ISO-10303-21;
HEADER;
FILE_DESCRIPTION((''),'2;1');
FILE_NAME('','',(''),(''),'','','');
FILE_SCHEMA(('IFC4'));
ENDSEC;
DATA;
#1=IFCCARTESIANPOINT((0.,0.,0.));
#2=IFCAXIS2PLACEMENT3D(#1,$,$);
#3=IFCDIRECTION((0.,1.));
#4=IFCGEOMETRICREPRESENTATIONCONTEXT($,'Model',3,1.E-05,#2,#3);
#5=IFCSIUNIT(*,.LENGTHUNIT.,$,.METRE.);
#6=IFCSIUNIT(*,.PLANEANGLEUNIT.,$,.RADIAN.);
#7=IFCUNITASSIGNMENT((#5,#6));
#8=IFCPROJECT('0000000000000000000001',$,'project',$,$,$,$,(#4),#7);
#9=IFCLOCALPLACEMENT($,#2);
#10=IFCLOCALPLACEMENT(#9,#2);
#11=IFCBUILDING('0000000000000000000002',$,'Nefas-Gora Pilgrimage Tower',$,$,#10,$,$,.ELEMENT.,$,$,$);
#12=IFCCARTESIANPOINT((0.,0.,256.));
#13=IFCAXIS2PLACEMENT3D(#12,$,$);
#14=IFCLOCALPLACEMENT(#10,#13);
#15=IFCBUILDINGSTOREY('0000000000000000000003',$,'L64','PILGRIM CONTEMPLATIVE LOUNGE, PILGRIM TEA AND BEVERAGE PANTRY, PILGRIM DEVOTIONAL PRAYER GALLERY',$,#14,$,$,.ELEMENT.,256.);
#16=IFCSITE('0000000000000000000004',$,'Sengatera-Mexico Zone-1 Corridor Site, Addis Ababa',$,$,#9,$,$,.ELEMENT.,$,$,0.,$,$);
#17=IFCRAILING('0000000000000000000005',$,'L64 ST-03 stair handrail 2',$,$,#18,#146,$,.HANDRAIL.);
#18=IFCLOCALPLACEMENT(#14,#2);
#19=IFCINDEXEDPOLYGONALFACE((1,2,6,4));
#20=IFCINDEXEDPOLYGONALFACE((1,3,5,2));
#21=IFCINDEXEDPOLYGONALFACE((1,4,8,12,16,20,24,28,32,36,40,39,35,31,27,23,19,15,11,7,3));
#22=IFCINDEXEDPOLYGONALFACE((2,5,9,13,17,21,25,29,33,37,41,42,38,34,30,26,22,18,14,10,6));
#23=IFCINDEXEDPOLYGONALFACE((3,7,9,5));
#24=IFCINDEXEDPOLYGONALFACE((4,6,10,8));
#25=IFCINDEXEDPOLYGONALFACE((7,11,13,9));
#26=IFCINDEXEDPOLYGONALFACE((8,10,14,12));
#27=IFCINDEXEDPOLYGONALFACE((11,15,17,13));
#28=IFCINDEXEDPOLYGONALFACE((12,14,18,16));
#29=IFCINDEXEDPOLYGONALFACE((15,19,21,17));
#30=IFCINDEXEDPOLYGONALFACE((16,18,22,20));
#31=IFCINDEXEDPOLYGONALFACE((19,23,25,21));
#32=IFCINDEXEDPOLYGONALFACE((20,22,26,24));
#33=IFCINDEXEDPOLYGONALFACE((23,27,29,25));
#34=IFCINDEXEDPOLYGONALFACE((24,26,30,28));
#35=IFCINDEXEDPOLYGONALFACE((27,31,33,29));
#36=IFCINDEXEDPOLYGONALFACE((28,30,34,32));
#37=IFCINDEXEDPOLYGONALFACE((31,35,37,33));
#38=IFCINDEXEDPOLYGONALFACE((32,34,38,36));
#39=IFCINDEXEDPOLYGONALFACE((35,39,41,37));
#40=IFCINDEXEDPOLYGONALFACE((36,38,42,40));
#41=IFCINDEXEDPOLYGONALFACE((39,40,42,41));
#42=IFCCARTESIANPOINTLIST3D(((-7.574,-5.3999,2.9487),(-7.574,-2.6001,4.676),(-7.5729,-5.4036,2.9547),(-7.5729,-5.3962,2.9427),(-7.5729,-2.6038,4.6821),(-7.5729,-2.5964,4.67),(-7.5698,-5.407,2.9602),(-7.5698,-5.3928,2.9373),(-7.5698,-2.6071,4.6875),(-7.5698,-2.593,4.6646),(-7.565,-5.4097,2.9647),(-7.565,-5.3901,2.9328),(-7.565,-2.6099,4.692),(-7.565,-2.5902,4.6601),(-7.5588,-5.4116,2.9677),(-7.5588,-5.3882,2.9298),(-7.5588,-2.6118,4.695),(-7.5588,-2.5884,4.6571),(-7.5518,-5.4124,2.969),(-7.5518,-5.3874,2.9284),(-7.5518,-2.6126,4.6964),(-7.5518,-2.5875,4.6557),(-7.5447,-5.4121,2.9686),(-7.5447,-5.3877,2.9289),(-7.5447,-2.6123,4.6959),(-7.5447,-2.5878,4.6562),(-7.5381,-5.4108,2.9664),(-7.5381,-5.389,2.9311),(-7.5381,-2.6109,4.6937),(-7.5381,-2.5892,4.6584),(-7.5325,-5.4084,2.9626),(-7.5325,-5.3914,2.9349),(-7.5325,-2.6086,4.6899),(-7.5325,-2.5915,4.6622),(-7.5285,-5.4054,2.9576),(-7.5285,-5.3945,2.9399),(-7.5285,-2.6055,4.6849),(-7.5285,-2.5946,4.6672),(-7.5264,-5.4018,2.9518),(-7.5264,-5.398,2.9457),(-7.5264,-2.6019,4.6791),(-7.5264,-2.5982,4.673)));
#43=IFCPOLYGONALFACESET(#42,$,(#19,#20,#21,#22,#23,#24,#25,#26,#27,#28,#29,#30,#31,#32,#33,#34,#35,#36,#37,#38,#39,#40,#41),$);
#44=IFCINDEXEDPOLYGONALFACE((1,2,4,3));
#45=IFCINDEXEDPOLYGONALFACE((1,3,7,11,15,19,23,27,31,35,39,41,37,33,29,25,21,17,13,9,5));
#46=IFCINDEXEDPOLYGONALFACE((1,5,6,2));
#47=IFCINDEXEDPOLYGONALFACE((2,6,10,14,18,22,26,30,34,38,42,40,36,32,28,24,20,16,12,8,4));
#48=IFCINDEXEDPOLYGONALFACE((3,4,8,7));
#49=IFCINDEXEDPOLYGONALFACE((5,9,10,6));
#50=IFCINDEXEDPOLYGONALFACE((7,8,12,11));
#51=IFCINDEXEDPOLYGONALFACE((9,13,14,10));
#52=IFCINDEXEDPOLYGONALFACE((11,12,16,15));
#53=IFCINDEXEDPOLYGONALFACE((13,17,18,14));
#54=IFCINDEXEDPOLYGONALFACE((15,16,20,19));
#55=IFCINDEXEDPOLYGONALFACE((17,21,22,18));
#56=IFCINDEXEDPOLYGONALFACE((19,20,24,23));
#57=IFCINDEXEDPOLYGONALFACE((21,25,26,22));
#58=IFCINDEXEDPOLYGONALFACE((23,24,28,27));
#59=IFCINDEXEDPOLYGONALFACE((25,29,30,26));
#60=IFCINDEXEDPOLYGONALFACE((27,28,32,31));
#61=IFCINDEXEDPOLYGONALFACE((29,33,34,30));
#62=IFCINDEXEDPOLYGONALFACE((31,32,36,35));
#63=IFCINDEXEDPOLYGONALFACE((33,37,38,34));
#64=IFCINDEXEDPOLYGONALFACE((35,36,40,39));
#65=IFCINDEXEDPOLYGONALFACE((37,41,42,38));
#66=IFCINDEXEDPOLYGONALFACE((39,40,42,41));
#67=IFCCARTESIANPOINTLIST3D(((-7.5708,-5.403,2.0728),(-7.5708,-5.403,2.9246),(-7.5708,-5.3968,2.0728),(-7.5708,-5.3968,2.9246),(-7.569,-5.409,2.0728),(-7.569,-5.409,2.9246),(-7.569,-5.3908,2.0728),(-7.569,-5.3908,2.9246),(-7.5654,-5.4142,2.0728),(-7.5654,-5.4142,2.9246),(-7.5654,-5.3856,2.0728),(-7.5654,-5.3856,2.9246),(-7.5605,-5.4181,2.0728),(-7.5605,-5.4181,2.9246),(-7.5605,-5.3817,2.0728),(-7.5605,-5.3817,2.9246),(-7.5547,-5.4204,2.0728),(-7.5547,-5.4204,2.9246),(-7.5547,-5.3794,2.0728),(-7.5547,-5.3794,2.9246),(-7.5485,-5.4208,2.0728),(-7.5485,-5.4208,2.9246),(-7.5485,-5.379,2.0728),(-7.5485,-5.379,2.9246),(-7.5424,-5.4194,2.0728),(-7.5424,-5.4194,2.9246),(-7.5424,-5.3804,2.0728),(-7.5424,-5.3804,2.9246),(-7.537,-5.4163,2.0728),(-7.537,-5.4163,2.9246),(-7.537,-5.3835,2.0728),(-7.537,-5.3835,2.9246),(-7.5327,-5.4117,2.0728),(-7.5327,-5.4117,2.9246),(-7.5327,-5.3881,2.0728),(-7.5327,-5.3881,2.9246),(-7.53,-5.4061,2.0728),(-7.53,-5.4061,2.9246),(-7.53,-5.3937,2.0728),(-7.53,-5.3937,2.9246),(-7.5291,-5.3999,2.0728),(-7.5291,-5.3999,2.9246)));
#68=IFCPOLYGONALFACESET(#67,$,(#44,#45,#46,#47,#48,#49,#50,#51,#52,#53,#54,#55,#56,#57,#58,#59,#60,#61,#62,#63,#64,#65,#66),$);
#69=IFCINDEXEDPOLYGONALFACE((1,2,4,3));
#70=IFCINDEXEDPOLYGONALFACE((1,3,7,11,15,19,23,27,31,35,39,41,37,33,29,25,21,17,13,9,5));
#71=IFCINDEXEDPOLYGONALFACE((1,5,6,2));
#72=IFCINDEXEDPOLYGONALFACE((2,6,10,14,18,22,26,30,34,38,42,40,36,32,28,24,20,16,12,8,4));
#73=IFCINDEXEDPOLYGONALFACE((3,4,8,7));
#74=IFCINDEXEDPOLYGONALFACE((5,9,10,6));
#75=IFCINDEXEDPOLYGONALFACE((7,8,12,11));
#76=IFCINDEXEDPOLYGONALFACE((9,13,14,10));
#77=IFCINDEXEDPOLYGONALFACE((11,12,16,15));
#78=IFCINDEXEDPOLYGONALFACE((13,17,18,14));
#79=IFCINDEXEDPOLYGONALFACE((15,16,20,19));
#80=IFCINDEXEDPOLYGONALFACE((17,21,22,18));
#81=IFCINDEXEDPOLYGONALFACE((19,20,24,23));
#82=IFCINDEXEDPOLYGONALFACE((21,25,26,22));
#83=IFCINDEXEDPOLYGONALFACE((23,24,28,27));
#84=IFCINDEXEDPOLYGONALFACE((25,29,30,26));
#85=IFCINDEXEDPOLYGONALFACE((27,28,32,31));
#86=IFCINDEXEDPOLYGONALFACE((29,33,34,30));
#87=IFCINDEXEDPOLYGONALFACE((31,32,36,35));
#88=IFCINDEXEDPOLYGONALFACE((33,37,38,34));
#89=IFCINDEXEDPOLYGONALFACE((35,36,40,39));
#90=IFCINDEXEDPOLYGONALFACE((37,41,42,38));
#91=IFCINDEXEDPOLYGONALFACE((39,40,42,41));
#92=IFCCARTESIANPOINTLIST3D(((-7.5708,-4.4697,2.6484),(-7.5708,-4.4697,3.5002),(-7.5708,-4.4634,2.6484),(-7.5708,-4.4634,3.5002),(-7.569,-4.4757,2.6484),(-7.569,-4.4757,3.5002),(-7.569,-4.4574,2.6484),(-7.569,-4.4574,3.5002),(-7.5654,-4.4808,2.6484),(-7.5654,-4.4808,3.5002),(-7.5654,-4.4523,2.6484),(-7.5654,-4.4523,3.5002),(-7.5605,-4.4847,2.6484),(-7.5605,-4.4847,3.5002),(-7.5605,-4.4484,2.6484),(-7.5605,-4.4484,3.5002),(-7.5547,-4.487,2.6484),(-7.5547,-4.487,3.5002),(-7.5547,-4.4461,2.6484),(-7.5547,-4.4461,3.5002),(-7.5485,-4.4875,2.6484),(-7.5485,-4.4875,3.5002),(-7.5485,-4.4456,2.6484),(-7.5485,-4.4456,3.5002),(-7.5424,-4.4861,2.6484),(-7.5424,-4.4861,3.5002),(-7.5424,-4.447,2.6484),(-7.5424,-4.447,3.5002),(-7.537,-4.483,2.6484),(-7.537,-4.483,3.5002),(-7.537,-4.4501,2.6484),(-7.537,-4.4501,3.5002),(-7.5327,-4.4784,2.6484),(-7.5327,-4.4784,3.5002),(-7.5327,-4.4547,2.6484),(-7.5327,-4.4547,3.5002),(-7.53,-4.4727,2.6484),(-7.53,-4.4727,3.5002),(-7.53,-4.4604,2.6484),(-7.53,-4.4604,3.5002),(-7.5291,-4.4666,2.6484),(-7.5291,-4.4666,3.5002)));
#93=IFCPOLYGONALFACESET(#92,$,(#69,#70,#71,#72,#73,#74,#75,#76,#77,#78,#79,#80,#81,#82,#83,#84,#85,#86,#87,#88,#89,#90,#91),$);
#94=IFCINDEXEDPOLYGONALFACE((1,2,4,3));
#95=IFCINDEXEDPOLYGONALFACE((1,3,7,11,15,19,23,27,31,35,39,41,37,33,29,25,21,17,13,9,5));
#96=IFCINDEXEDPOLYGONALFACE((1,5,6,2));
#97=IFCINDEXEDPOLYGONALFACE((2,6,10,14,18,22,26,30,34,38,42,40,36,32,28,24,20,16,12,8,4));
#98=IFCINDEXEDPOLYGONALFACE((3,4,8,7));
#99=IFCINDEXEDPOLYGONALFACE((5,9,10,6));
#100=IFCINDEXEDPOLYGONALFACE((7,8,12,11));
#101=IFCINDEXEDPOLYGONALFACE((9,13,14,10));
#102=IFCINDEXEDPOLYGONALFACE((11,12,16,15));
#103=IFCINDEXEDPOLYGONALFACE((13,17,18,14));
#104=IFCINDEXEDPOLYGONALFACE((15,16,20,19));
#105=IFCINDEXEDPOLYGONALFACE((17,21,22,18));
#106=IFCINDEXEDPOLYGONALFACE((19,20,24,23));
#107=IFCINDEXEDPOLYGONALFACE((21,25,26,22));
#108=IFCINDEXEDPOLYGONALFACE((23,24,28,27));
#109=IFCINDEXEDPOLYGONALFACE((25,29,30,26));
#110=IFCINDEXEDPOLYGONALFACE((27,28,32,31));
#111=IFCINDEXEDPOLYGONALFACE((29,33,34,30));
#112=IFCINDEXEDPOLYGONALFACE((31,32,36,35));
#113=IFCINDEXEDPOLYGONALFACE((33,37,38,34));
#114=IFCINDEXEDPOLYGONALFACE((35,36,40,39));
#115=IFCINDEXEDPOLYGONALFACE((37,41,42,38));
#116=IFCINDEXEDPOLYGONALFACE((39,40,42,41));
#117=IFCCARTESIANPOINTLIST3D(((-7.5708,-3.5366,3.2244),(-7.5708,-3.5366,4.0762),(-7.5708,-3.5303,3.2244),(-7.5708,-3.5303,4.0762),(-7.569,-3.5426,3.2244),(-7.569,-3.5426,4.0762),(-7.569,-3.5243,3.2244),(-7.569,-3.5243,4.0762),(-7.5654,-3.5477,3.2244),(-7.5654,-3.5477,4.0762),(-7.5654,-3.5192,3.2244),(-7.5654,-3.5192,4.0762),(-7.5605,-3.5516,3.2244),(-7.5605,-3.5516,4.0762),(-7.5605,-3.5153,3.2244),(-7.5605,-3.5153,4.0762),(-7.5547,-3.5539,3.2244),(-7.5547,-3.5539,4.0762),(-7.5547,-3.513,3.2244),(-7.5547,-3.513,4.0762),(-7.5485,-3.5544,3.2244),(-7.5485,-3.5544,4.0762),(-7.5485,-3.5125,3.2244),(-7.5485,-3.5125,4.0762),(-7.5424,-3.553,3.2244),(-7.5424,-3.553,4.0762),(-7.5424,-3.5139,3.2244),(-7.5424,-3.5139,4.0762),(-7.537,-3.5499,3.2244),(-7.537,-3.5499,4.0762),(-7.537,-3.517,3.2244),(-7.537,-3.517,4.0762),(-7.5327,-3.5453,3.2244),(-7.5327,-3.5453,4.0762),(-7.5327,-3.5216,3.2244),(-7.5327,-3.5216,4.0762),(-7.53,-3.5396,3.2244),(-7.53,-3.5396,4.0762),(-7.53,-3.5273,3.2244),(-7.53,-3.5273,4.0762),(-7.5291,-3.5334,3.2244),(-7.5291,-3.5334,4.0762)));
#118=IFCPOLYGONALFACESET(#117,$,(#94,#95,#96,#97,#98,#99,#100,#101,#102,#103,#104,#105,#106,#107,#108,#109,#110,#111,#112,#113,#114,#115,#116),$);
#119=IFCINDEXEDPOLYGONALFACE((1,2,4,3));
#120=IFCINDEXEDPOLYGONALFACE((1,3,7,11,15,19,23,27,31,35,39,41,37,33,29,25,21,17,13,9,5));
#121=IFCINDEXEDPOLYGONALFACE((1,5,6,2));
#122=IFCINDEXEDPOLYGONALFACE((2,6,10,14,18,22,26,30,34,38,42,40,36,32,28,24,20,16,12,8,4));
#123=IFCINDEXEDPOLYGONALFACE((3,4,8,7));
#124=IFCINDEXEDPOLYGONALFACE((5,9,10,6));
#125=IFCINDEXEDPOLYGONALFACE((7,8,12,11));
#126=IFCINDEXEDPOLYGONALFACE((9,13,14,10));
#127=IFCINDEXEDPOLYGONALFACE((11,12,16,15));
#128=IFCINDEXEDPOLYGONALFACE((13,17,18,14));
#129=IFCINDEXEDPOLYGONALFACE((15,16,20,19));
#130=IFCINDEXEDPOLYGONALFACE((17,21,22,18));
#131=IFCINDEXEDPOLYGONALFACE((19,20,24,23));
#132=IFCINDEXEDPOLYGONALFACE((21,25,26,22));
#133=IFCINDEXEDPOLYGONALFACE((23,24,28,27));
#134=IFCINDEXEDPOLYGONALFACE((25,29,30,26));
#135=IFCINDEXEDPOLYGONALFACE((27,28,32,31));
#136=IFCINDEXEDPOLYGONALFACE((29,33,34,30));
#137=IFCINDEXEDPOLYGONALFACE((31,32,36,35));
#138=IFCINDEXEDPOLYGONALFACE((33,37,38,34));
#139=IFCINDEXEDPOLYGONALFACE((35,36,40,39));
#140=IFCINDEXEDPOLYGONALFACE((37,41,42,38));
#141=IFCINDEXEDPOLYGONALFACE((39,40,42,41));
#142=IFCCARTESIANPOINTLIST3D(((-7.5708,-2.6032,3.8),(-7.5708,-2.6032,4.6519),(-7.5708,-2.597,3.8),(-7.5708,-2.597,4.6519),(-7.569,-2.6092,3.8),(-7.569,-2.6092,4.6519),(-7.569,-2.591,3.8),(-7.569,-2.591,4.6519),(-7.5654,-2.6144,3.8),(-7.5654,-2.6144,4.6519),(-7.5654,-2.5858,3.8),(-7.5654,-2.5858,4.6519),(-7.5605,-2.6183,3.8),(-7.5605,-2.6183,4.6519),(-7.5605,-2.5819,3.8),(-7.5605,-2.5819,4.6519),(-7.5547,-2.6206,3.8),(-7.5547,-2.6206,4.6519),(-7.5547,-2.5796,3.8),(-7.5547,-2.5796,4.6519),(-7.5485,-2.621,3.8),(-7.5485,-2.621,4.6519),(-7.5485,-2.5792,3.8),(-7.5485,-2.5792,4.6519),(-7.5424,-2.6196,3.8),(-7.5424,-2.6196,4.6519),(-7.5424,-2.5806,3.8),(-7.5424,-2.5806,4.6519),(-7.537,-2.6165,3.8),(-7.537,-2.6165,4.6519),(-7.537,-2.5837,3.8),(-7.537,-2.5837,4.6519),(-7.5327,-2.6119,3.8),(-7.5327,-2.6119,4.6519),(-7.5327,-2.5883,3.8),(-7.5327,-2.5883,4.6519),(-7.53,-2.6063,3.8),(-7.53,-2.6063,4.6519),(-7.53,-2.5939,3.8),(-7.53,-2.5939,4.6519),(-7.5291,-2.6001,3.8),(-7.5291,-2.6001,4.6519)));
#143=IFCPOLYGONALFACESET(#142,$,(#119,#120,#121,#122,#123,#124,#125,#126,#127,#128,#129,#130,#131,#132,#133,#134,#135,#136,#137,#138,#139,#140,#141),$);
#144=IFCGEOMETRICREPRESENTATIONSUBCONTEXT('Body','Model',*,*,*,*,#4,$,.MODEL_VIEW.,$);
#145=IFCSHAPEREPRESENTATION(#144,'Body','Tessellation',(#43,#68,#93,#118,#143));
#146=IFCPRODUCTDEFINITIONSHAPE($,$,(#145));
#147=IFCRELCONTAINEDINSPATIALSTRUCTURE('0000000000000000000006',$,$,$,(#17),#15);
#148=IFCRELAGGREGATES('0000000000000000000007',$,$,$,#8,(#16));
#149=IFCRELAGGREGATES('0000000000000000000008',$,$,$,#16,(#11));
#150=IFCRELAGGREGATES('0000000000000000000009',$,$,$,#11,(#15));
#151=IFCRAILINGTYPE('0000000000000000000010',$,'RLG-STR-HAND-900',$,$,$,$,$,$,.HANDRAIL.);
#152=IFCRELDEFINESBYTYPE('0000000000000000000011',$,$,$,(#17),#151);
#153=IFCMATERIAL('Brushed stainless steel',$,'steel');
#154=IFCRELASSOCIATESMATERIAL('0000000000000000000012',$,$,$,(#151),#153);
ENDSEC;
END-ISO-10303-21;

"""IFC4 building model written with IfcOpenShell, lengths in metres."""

from ifc_helpers import new_model, si_unit, direction, frame, origin, origin_2d, place, context, subcontext, project, spatial, circle, extrude, material, type_object, element, save


model = new_model("IFC4")

# Units and contexts
model_context = context("Model", 3, precision=1e-05, world=origin(), true_north=direction((0.0, 1.0)))
body_context = subcontext(model_context, "Body", "Model", "MODEL_VIEW")
ifc_project = project(units=[si_unit("LENGTHUNIT", "METRE"), si_unit("PLANEANGLEUNIT", "RADIAN")], contexts=[model_context])

# Site, building, storey
site_placement = place(None, origin())
site = spatial("IfcSite", under=ifc_project, at=site_placement, Name="Sengatera-Mexico Zone-1 Corridor Site, Addis Ababa", CompositionType="ELEMENT", RefElevation=0.0)
building_placement = place(site_placement, origin())
building = spatial("IfcBuilding", under=site, at=building_placement, Name="Nefas-Gora Pilgrimage Tower", CompositionType="ELEMENT")
storey_placement = place(building_placement, frame((0.0, 0.0, 256.0)))
storey = spatial("IfcBuildingStorey", under=building, at=storey_placement, Name="L64", Description="PILGRIM CONTEMPLATIVE LOUNGE, PILGRIM TEA AND BEVERAGE PANTRY, PILGRIM DEVOTIONAL PRAYER GALLERY", CompositionType="ELEMENT", Elevation=256.0)

# Railing
ifc_material_1 = material(Name="Brushed stainless steel", Category="steel")
railing_type_1 = type_object("IfcRailingType", Name="RLG-STR-HAND-900", PredefinedType="HANDRAIL", material=ifc_material_1)
railing_1_placement = place(storey_placement, frame((-7.55, -5.3999, 2.0728)))
element("IfcRailing", 1, at=railing_1_placement, inside=storey, type_object=railing_type_1, Name="L64 ST-03 stair handrail 2", PredefinedType="HANDRAIL", context=body_context, shape_type="SweptSolid", body=[
    extrude(circle(Radius=0.0239, at=origin_2d()), frame((0.0, 0.0, 0.876), z_axis=(0.0, 0.851069, 0.525054), x_axis=(-1.0, 0.0, 0.0)), (0.0, 0.0, 1.0), 3.2898),
    extrude(circle(Radius=0.021, at=origin_2d()), origin(), (0.0, 0.0, 1.0), 0.8518),
    extrude(circle(Radius=0.021, at=origin_2d()), frame((0.0, 0.9333, 0.5757)), (0.0, 0.0, 1.0), 0.8518),
    extrude(circle(Radius=0.021, at=origin_2d()), frame((0.0, 1.8665, 1.1516)), (0.0, 0.0, 1.0), 0.8518),
    extrude(circle(Radius=0.021, at=origin_2d()), frame((0.0, 2.7998, 1.7273)), (0.0, 0.0, 1.0), 0.8518),
])

save(model, "model.ifc")
